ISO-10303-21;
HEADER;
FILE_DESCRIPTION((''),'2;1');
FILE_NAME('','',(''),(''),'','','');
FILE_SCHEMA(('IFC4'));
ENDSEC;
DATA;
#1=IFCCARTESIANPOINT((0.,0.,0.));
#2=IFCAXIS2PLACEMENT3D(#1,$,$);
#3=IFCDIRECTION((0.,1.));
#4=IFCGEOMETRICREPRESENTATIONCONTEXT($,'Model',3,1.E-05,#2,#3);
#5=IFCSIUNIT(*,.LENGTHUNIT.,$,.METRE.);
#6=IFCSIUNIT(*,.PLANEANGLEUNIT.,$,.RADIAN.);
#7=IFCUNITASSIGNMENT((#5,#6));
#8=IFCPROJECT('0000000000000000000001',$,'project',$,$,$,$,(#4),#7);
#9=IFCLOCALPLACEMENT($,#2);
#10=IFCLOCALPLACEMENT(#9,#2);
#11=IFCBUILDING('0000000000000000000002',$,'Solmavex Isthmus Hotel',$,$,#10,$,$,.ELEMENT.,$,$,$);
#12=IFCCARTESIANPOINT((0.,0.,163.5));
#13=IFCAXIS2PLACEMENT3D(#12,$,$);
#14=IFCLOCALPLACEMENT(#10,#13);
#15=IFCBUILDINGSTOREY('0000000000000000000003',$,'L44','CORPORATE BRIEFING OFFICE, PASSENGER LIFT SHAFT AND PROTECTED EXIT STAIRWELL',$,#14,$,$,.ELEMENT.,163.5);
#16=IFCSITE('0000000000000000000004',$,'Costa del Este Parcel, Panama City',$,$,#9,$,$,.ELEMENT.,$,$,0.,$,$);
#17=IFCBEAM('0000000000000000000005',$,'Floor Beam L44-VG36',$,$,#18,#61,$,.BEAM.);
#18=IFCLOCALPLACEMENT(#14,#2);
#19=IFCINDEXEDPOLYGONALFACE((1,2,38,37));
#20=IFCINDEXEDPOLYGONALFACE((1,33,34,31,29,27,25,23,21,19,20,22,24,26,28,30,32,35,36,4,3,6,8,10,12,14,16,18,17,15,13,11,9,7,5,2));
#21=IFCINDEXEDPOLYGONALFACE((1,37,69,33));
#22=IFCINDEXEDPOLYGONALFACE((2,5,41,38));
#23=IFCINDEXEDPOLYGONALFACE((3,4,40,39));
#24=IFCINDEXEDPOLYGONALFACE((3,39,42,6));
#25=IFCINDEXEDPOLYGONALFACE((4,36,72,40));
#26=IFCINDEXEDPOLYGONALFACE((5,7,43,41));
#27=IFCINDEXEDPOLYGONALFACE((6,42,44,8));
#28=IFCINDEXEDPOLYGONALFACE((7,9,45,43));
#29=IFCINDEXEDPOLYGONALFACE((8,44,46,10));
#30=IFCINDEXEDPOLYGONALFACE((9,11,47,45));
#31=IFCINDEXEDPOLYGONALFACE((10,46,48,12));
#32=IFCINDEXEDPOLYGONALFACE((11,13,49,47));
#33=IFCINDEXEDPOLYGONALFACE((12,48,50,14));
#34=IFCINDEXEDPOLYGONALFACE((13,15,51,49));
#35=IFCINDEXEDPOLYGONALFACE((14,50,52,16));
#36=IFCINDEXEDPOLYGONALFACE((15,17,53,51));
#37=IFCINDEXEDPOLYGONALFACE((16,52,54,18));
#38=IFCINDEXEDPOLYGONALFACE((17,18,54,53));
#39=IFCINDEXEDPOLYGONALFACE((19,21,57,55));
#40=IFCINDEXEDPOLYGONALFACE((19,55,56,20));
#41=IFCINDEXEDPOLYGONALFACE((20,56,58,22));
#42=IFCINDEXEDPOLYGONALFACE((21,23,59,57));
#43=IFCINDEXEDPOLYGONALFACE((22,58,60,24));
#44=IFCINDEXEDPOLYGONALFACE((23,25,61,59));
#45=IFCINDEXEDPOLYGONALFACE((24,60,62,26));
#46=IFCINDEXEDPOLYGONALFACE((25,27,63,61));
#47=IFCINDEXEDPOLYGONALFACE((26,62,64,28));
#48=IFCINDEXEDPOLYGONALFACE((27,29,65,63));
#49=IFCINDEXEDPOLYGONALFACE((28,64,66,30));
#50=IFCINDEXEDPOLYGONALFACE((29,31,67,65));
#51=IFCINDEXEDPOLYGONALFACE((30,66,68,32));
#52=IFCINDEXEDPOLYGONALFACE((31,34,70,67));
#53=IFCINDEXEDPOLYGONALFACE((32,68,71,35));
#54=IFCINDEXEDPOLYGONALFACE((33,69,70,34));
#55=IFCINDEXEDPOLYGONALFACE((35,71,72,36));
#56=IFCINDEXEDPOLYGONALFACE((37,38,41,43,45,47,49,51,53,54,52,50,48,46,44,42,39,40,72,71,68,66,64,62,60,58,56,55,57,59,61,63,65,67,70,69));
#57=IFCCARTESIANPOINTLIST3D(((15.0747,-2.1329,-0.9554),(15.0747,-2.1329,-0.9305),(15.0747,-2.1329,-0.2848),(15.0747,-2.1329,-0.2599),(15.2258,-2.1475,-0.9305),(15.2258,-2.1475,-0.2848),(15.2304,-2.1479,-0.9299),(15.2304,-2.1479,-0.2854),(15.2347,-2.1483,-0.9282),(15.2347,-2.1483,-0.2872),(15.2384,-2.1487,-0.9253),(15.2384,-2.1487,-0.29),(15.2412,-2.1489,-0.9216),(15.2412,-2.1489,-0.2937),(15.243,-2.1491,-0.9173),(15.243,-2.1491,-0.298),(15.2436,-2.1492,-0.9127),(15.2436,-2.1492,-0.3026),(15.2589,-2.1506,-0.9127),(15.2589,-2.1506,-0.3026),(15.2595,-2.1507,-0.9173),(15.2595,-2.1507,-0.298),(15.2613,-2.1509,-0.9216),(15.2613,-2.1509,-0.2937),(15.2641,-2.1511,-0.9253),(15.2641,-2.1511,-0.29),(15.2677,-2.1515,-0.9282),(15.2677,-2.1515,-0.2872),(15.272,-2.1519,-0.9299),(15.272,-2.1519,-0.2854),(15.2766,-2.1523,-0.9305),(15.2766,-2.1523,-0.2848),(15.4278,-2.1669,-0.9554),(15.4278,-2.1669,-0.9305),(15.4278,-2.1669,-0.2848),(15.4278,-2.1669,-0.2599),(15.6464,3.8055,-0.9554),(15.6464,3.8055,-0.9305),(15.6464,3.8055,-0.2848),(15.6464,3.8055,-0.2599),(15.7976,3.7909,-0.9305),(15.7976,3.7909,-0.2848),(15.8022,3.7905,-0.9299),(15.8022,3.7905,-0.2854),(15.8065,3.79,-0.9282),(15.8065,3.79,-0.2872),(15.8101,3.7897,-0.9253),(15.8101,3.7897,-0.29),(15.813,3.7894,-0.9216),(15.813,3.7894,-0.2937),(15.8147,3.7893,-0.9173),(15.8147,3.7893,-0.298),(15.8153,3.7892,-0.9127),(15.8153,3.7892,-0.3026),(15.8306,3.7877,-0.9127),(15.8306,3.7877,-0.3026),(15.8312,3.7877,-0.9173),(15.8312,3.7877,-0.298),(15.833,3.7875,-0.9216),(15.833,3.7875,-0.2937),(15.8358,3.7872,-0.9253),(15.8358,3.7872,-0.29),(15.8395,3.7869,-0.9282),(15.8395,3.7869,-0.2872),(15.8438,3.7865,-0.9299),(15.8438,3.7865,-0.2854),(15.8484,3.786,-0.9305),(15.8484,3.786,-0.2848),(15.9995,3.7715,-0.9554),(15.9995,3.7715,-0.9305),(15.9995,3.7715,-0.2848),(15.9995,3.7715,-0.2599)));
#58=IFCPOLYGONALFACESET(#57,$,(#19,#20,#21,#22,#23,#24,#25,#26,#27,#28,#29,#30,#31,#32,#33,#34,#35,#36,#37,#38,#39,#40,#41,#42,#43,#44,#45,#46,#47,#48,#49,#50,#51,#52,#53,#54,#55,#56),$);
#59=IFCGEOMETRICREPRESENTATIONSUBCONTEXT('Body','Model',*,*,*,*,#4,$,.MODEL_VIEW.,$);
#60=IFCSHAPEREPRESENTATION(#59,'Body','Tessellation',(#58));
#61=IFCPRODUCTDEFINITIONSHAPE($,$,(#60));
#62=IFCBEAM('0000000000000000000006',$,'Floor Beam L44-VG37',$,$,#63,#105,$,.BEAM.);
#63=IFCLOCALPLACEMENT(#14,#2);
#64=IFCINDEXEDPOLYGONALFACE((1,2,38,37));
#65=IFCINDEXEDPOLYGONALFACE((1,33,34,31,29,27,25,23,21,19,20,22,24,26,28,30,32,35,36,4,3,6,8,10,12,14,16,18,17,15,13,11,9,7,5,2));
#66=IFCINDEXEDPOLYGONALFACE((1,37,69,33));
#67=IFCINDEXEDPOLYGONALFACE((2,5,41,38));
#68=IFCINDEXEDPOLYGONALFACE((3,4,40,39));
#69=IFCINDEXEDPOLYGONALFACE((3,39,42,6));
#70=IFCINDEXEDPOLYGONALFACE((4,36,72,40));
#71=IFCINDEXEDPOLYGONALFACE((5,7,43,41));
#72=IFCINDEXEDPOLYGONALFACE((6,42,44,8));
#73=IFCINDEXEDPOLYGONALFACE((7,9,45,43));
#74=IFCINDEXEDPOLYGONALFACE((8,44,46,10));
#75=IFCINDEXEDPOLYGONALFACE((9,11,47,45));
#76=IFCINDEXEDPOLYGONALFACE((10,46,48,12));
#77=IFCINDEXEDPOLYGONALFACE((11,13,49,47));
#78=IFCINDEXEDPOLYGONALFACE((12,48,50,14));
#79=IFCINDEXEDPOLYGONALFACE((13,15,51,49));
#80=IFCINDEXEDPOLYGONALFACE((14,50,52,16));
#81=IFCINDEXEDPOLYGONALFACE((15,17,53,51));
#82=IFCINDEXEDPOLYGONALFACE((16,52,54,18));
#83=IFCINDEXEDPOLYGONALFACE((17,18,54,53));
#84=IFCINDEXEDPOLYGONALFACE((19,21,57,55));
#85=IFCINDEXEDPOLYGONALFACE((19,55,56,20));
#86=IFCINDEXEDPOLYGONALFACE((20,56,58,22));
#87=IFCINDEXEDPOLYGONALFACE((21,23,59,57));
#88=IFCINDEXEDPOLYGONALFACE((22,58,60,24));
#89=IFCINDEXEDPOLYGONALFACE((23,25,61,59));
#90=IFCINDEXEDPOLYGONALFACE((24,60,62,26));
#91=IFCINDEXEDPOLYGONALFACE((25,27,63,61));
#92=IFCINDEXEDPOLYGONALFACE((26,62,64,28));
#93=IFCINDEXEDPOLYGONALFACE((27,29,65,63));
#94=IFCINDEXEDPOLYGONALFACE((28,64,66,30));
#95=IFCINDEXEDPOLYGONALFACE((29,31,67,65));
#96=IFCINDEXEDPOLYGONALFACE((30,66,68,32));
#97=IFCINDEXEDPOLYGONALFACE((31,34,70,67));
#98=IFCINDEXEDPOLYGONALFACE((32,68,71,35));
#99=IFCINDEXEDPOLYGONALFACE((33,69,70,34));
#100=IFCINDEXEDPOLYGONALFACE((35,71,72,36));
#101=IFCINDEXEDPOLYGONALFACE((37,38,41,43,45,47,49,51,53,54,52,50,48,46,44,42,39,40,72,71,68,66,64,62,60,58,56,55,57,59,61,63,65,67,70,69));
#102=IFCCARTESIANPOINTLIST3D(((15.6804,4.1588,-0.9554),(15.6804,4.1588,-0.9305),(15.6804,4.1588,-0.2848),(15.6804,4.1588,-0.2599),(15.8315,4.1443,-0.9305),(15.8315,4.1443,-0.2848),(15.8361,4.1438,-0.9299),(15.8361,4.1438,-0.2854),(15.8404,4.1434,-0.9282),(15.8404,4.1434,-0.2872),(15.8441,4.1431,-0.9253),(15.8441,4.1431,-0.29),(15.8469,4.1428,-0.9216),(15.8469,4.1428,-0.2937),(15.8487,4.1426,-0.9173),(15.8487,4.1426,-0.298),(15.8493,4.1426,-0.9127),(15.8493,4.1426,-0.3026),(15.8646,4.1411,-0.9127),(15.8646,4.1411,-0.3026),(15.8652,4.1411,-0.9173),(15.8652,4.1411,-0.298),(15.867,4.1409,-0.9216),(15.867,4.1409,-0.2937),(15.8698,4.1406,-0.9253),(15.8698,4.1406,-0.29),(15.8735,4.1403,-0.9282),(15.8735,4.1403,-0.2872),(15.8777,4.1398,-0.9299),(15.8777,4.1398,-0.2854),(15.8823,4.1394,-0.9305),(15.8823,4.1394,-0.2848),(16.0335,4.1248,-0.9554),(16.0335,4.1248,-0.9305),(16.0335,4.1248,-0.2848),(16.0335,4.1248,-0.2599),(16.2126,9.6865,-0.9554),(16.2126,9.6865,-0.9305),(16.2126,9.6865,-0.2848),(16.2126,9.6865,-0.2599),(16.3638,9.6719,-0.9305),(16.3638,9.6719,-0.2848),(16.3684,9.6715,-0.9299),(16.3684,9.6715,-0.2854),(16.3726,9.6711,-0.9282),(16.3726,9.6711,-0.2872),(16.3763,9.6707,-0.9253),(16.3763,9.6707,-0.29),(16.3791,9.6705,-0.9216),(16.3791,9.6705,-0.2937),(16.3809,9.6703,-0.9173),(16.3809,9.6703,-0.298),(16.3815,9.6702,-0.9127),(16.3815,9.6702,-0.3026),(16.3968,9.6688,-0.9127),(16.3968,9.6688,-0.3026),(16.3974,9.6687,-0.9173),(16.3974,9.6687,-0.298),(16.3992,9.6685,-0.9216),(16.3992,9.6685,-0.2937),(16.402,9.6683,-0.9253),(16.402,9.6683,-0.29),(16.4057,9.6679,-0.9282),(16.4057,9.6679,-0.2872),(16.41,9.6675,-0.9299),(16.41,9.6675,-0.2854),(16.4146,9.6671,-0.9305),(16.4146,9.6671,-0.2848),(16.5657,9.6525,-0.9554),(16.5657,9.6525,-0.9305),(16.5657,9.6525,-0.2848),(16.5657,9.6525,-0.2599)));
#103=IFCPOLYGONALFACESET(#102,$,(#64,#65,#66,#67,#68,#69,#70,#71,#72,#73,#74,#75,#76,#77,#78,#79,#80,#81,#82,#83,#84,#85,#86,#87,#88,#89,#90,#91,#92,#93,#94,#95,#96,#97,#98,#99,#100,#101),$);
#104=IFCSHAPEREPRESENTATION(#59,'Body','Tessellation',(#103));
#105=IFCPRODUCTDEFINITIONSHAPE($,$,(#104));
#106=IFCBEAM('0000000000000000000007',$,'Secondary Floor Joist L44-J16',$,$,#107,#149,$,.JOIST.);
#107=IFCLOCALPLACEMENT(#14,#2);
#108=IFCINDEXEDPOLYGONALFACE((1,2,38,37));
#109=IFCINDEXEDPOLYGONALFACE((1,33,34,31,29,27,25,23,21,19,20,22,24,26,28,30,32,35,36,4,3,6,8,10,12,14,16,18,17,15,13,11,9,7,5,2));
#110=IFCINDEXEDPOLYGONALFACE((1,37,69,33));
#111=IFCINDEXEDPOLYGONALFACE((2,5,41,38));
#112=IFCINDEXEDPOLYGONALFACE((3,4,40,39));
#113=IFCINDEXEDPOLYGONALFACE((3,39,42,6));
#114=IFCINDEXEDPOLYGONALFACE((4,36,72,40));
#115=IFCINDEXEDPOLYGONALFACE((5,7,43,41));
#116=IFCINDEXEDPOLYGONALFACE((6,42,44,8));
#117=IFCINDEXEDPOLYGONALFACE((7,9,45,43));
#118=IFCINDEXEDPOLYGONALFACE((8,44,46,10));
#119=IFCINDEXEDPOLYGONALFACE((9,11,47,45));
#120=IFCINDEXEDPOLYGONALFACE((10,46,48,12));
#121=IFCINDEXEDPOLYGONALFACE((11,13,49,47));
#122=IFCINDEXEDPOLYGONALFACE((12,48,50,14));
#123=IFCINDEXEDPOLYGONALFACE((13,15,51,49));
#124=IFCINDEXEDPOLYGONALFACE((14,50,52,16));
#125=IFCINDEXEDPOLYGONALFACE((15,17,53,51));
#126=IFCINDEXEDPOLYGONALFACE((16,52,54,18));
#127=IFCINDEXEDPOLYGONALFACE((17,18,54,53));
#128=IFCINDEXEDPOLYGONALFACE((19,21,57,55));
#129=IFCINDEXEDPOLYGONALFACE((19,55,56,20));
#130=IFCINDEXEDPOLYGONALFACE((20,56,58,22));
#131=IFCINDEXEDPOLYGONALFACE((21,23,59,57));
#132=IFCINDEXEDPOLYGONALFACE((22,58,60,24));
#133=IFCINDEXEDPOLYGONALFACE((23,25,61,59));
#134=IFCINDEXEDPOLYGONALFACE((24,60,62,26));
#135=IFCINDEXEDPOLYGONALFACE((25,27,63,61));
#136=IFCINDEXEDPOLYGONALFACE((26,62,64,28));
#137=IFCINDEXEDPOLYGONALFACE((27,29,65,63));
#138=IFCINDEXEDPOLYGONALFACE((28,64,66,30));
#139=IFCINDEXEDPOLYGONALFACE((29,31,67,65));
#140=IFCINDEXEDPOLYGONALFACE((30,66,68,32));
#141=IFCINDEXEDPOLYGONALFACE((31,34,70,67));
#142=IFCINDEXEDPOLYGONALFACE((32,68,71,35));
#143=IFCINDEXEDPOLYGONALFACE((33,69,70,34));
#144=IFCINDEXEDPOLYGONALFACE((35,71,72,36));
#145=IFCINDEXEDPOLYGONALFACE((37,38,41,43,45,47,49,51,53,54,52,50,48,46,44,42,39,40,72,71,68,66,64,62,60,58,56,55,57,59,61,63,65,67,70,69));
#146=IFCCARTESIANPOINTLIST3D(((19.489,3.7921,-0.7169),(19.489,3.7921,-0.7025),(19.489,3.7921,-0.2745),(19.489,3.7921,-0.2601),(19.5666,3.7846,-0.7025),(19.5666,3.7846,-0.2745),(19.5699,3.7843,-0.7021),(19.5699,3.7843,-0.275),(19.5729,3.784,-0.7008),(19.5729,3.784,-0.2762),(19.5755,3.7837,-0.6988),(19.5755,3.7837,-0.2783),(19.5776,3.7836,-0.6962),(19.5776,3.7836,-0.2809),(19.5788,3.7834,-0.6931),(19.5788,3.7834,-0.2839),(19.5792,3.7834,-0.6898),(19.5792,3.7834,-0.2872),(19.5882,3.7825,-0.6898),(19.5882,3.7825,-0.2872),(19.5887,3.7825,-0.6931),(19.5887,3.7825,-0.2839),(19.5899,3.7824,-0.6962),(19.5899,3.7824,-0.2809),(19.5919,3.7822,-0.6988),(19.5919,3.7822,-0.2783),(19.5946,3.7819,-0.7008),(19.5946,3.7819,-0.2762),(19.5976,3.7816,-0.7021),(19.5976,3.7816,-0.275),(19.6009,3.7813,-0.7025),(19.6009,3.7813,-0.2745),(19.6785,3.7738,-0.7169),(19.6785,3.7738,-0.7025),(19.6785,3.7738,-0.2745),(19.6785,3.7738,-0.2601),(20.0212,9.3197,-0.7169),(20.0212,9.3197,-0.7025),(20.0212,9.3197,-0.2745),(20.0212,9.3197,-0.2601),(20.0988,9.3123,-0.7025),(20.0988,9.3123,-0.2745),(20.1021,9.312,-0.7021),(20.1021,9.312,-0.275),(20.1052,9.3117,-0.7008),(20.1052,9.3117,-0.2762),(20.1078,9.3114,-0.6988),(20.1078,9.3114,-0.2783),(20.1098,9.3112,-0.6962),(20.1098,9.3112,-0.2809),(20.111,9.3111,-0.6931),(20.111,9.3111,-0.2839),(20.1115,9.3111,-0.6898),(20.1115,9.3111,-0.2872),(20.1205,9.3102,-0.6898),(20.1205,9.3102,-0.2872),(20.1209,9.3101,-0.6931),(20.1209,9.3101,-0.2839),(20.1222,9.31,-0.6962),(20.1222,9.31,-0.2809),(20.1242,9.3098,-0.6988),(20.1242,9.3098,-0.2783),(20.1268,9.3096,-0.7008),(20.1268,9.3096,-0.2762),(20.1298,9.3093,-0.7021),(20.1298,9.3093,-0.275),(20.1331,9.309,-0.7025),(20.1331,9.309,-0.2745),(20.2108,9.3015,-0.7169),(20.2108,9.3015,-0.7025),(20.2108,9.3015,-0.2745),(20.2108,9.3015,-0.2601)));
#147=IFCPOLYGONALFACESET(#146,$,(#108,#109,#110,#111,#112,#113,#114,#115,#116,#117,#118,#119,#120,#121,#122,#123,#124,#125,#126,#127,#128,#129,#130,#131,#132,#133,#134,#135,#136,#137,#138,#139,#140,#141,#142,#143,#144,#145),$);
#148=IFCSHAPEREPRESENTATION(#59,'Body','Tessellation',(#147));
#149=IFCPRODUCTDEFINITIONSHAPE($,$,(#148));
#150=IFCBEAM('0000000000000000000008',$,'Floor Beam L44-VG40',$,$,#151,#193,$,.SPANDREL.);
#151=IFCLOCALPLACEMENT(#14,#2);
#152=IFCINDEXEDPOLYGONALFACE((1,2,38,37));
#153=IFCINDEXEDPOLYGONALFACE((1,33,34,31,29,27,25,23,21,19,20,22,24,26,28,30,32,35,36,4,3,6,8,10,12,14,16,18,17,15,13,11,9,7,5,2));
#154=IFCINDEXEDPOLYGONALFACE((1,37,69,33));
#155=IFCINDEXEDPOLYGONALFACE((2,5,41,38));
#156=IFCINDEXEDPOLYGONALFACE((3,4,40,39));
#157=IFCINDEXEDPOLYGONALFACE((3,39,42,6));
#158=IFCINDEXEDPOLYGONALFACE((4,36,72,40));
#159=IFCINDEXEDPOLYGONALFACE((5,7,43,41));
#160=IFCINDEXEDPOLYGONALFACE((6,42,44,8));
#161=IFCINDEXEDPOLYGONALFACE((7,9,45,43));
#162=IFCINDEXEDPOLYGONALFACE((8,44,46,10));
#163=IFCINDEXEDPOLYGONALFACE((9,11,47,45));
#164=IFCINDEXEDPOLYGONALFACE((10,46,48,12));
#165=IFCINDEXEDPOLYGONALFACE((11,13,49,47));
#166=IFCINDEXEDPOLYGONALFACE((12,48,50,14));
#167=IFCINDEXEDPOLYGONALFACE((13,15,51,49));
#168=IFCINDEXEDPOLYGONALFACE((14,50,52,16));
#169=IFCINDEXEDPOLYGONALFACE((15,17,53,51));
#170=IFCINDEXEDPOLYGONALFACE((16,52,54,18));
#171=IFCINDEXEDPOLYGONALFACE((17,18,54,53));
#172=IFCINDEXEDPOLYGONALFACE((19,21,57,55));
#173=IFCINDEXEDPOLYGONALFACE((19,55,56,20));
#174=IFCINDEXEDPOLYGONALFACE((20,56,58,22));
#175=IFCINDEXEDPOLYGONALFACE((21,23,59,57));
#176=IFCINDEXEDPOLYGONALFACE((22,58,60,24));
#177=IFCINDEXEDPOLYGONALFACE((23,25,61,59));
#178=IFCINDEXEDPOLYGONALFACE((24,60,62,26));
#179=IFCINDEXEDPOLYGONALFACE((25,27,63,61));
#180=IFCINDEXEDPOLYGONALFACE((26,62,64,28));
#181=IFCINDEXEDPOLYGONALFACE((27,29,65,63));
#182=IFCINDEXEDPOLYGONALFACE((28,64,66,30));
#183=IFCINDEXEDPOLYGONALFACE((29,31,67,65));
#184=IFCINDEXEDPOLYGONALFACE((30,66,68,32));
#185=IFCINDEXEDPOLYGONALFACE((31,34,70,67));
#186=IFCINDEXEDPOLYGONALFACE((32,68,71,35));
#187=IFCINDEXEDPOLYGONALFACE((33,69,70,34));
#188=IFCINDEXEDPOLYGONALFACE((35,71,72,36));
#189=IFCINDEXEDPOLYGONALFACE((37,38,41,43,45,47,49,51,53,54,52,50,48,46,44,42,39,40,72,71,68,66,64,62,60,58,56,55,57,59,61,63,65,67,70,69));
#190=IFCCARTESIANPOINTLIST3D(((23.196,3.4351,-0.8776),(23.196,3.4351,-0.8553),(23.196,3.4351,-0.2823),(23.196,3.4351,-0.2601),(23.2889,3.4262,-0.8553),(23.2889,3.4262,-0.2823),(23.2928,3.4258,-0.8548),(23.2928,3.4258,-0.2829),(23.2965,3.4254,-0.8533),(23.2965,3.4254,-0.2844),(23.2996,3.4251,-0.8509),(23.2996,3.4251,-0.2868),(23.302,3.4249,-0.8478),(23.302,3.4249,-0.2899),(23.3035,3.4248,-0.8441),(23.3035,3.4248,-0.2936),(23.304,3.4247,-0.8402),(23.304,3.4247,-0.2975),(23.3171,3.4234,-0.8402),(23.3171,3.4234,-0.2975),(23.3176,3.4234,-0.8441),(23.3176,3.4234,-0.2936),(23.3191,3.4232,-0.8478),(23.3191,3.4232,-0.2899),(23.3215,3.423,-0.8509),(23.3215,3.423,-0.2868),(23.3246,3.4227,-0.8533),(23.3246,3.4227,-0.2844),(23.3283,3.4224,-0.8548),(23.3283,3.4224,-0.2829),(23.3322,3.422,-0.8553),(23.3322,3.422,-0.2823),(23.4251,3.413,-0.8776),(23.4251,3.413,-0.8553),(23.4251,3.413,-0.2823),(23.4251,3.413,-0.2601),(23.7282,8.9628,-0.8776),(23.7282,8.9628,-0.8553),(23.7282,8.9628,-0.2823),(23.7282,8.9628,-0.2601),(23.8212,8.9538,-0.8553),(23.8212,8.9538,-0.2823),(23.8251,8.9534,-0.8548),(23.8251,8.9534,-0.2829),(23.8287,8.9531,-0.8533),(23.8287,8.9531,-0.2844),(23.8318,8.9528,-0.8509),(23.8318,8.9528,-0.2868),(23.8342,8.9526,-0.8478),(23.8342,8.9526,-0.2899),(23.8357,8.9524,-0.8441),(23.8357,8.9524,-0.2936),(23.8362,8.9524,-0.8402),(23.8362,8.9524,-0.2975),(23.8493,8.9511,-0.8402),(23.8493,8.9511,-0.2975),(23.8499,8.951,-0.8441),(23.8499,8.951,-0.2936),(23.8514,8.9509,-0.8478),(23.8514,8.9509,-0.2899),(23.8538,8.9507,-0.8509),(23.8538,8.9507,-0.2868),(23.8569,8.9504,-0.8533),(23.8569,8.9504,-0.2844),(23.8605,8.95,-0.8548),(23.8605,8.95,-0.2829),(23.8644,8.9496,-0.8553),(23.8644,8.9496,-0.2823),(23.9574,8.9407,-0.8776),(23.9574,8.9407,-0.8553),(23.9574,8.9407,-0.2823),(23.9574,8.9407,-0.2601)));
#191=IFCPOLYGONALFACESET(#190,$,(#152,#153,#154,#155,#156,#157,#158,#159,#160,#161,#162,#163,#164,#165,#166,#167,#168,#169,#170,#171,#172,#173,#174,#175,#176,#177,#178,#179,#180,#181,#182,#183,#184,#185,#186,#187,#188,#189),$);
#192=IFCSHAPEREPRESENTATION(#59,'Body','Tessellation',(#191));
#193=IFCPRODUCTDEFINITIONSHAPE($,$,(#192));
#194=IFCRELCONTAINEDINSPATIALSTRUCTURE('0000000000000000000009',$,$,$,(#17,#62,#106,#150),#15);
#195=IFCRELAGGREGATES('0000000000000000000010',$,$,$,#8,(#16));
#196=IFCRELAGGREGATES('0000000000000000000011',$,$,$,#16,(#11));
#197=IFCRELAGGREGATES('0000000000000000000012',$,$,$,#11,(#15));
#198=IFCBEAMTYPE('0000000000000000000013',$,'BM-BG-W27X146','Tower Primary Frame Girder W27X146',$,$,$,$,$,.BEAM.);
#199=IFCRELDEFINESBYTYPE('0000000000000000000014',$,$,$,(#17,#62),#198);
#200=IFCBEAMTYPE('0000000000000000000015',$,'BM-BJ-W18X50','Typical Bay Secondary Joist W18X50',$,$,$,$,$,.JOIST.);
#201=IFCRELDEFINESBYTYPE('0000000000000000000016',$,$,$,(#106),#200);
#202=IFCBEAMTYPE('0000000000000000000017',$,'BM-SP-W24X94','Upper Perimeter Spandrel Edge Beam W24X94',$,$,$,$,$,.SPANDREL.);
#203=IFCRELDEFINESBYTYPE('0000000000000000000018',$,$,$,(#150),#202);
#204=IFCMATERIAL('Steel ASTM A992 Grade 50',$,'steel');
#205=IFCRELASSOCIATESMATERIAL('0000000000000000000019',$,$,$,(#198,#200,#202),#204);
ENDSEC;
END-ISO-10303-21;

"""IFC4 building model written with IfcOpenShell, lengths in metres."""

from ifc_helpers import new_model, si_unit, direction, frame, origin, origin_2d, place, context, subcontext, project, spatial, i_section, extrude, material, material_profile, profile_set, type_object, element, save


model = new_model("IFC4")

# Units and contexts
model_context = context("Model", 3, precision=1e-05, world=origin(), true_north=direction((0.0, 1.0)))
body_context = subcontext(model_context, "Body", "Model", "MODEL_VIEW")
ifc_project = project(units=[si_unit("LENGTHUNIT", "METRE"), si_unit("PLANEANGLEUNIT", "RADIAN")], contexts=[model_context])

# Site, building, storey
site_placement = place(None, origin())
site = spatial("IfcSite", under=ifc_project, at=site_placement, Name="Costa del Este Parcel, Panama City", CompositionType="ELEMENT", RefElevation=0.0)
building_placement = place(site_placement, origin())
building = spatial("IfcBuilding", under=site, at=building_placement, Name="Solmavex Isthmus Hotel", CompositionType="ELEMENT")
storey_placement = place(building_placement, frame((0.0, 0.0, 163.5)))
storey = spatial("IfcBuildingStorey", under=building, at=storey_placement, Name="L44", Description="CORPORATE BRIEFING OFFICE, PASSENGER LIFT SHAFT AND PROTECTED EXIT STAIRWELL", CompositionType="ELEMENT", Elevation=163.5)

# Beams
ifc_material_1 = material(Name="Steel ASTM A992 Grade 50", Category="steel")
ifc_material_profile_1 = material_profile(ifc_material_1, i_section(OverallWidth=0.3547, OverallDepth=0.6956, WebThickness=0.0154, FlangeThickness=0.0249, FilletRadius=0.0178, at=origin_2d()), Name="W27X146")
ifc_profile_set_1 = profile_set([ifc_material_profile_1], Name="Steel ASTM A992 Grade 50")
beam_type_1 = type_object("IfcBeamType", Name="BM-BG-W27X146", Description="Tower Primary Frame Girder W27X146", PredefinedType="BEAM", material=ifc_profile_set_1)
beam_1_placement = place(storey_placement, frame((15.2512, -2.1499, -0.6077), z_axis=(0.09584, 0.995397, 0.0), x_axis=(-0.995397, 0.09584, 0.0)))
element("IfcBeam", 1, at=beam_1_placement, inside=storey, type_object=beam_type_1, Name="Floor Beam L44-VG36", PredefinedType="BEAM", context=body_context, shape_type="SweptSolid", body=[
    extrude(i_section(OverallWidth=0.3547, OverallDepth=0.6956, WebThickness=0.0154, FlangeThickness=0.0249, FilletRadius=0.0178, at=origin_2d()), origin(), (0.0, 0.0, 1.0), 5.9658),
])
beam_2_placement = place(storey_placement, frame((15.8569, 4.1418, -0.6077), z_axis=(0.095842, 0.995397, 0.0), x_axis=(-0.995397, 0.095842, 0.0)))
element("IfcBeam", 2, at=beam_2_placement, inside=storey, type_object=beam_type_1, Name="Floor Beam L44-VG37", PredefinedType="BEAM", context=body_context, shape_type="SweptSolid", body=[
    extrude(i_section(OverallWidth=0.3547, OverallDepth=0.6956, WebThickness=0.0154, FlangeThickness=0.0249, FilletRadius=0.0178, at=origin_2d()), origin(), (0.0, 0.0, 1.0), 5.5532),
])
ifc_material_profile_2 = material_profile(ifc_material_1, i_section(OverallWidth=0.1904, OverallDepth=0.4568, WebThickness=0.009, FlangeThickness=0.0144, FilletRadius=0.0127, at=origin_2d()), Name="W18X50")
ifc_profile_set_2 = profile_set([ifc_material_profile_2], Name="Steel ASTM A992 Grade 50")
beam_type_2 = type_object("IfcBeamType", Name="BM-BJ-W18X50", Description="Typical Bay Secondary Joist W18X50", PredefinedType="JOIST", material=ifc_profile_set_2)
beam_3_placement = place(storey_placement, frame((19.5837, 3.783, -0.4885), z_axis=(0.095842, 0.995397, 0.0), x_axis=(-0.995397, 0.095842, 0.0)))
element("IfcBeam", 3, at=beam_3_placement, inside=storey, type_object=beam_type_2, Name="Secondary Floor Joist L44-J16", PredefinedType="JOIST", context=body_context, shape_type="SweptSolid", body=[
    extrude(i_section(OverallWidth=0.1904, OverallDepth=0.4568, WebThickness=0.009, FlangeThickness=0.0144, FilletRadius=0.0127, at=origin_2d()), origin(), (0.0, 0.0, 1.0), 5.5532),
])
ifc_material_profile_3 = material_profile(ifc_material_1, i_section(OverallWidth=0.2302, OverallDepth=0.6174, WebThickness=0.0132, FlangeThickness=0.0222, FilletRadius=0.0151, at=origin_2d()), Name="W24X94")
ifc_profile_set_3 = profile_set([ifc_material_profile_3], Name="Steel ASTM A992 Grade 50")
beam_type_3 = type_object("IfcBeamType", Name="BM-SP-W24X94", Description="Upper Perimeter Spandrel Edge Beam W24X94", PredefinedType="SPANDREL", material=ifc_profile_set_3)
beam_4_placement = place(storey_placement, frame((23.3105, 3.4241, -0.5688), z_axis=(0.095842, 0.995397, 0.0), x_axis=(-0.995397, 0.095842, 0.0)))
element("IfcBeam", 4, at=beam_4_placement, inside=storey, type_object=beam_type_3, Name="Floor Beam L44-VG40", PredefinedType="SPANDREL", context=body_context, shape_type="SweptSolid", body=[
    extrude(i_section(OverallWidth=0.2302, OverallDepth=0.6174, WebThickness=0.0132, FlangeThickness=0.0222, FilletRadius=0.0151, at=origin_2d()), origin(), (0.0, 0.0, 1.0), 5.5532),
])

save(model, "model.ifc")
